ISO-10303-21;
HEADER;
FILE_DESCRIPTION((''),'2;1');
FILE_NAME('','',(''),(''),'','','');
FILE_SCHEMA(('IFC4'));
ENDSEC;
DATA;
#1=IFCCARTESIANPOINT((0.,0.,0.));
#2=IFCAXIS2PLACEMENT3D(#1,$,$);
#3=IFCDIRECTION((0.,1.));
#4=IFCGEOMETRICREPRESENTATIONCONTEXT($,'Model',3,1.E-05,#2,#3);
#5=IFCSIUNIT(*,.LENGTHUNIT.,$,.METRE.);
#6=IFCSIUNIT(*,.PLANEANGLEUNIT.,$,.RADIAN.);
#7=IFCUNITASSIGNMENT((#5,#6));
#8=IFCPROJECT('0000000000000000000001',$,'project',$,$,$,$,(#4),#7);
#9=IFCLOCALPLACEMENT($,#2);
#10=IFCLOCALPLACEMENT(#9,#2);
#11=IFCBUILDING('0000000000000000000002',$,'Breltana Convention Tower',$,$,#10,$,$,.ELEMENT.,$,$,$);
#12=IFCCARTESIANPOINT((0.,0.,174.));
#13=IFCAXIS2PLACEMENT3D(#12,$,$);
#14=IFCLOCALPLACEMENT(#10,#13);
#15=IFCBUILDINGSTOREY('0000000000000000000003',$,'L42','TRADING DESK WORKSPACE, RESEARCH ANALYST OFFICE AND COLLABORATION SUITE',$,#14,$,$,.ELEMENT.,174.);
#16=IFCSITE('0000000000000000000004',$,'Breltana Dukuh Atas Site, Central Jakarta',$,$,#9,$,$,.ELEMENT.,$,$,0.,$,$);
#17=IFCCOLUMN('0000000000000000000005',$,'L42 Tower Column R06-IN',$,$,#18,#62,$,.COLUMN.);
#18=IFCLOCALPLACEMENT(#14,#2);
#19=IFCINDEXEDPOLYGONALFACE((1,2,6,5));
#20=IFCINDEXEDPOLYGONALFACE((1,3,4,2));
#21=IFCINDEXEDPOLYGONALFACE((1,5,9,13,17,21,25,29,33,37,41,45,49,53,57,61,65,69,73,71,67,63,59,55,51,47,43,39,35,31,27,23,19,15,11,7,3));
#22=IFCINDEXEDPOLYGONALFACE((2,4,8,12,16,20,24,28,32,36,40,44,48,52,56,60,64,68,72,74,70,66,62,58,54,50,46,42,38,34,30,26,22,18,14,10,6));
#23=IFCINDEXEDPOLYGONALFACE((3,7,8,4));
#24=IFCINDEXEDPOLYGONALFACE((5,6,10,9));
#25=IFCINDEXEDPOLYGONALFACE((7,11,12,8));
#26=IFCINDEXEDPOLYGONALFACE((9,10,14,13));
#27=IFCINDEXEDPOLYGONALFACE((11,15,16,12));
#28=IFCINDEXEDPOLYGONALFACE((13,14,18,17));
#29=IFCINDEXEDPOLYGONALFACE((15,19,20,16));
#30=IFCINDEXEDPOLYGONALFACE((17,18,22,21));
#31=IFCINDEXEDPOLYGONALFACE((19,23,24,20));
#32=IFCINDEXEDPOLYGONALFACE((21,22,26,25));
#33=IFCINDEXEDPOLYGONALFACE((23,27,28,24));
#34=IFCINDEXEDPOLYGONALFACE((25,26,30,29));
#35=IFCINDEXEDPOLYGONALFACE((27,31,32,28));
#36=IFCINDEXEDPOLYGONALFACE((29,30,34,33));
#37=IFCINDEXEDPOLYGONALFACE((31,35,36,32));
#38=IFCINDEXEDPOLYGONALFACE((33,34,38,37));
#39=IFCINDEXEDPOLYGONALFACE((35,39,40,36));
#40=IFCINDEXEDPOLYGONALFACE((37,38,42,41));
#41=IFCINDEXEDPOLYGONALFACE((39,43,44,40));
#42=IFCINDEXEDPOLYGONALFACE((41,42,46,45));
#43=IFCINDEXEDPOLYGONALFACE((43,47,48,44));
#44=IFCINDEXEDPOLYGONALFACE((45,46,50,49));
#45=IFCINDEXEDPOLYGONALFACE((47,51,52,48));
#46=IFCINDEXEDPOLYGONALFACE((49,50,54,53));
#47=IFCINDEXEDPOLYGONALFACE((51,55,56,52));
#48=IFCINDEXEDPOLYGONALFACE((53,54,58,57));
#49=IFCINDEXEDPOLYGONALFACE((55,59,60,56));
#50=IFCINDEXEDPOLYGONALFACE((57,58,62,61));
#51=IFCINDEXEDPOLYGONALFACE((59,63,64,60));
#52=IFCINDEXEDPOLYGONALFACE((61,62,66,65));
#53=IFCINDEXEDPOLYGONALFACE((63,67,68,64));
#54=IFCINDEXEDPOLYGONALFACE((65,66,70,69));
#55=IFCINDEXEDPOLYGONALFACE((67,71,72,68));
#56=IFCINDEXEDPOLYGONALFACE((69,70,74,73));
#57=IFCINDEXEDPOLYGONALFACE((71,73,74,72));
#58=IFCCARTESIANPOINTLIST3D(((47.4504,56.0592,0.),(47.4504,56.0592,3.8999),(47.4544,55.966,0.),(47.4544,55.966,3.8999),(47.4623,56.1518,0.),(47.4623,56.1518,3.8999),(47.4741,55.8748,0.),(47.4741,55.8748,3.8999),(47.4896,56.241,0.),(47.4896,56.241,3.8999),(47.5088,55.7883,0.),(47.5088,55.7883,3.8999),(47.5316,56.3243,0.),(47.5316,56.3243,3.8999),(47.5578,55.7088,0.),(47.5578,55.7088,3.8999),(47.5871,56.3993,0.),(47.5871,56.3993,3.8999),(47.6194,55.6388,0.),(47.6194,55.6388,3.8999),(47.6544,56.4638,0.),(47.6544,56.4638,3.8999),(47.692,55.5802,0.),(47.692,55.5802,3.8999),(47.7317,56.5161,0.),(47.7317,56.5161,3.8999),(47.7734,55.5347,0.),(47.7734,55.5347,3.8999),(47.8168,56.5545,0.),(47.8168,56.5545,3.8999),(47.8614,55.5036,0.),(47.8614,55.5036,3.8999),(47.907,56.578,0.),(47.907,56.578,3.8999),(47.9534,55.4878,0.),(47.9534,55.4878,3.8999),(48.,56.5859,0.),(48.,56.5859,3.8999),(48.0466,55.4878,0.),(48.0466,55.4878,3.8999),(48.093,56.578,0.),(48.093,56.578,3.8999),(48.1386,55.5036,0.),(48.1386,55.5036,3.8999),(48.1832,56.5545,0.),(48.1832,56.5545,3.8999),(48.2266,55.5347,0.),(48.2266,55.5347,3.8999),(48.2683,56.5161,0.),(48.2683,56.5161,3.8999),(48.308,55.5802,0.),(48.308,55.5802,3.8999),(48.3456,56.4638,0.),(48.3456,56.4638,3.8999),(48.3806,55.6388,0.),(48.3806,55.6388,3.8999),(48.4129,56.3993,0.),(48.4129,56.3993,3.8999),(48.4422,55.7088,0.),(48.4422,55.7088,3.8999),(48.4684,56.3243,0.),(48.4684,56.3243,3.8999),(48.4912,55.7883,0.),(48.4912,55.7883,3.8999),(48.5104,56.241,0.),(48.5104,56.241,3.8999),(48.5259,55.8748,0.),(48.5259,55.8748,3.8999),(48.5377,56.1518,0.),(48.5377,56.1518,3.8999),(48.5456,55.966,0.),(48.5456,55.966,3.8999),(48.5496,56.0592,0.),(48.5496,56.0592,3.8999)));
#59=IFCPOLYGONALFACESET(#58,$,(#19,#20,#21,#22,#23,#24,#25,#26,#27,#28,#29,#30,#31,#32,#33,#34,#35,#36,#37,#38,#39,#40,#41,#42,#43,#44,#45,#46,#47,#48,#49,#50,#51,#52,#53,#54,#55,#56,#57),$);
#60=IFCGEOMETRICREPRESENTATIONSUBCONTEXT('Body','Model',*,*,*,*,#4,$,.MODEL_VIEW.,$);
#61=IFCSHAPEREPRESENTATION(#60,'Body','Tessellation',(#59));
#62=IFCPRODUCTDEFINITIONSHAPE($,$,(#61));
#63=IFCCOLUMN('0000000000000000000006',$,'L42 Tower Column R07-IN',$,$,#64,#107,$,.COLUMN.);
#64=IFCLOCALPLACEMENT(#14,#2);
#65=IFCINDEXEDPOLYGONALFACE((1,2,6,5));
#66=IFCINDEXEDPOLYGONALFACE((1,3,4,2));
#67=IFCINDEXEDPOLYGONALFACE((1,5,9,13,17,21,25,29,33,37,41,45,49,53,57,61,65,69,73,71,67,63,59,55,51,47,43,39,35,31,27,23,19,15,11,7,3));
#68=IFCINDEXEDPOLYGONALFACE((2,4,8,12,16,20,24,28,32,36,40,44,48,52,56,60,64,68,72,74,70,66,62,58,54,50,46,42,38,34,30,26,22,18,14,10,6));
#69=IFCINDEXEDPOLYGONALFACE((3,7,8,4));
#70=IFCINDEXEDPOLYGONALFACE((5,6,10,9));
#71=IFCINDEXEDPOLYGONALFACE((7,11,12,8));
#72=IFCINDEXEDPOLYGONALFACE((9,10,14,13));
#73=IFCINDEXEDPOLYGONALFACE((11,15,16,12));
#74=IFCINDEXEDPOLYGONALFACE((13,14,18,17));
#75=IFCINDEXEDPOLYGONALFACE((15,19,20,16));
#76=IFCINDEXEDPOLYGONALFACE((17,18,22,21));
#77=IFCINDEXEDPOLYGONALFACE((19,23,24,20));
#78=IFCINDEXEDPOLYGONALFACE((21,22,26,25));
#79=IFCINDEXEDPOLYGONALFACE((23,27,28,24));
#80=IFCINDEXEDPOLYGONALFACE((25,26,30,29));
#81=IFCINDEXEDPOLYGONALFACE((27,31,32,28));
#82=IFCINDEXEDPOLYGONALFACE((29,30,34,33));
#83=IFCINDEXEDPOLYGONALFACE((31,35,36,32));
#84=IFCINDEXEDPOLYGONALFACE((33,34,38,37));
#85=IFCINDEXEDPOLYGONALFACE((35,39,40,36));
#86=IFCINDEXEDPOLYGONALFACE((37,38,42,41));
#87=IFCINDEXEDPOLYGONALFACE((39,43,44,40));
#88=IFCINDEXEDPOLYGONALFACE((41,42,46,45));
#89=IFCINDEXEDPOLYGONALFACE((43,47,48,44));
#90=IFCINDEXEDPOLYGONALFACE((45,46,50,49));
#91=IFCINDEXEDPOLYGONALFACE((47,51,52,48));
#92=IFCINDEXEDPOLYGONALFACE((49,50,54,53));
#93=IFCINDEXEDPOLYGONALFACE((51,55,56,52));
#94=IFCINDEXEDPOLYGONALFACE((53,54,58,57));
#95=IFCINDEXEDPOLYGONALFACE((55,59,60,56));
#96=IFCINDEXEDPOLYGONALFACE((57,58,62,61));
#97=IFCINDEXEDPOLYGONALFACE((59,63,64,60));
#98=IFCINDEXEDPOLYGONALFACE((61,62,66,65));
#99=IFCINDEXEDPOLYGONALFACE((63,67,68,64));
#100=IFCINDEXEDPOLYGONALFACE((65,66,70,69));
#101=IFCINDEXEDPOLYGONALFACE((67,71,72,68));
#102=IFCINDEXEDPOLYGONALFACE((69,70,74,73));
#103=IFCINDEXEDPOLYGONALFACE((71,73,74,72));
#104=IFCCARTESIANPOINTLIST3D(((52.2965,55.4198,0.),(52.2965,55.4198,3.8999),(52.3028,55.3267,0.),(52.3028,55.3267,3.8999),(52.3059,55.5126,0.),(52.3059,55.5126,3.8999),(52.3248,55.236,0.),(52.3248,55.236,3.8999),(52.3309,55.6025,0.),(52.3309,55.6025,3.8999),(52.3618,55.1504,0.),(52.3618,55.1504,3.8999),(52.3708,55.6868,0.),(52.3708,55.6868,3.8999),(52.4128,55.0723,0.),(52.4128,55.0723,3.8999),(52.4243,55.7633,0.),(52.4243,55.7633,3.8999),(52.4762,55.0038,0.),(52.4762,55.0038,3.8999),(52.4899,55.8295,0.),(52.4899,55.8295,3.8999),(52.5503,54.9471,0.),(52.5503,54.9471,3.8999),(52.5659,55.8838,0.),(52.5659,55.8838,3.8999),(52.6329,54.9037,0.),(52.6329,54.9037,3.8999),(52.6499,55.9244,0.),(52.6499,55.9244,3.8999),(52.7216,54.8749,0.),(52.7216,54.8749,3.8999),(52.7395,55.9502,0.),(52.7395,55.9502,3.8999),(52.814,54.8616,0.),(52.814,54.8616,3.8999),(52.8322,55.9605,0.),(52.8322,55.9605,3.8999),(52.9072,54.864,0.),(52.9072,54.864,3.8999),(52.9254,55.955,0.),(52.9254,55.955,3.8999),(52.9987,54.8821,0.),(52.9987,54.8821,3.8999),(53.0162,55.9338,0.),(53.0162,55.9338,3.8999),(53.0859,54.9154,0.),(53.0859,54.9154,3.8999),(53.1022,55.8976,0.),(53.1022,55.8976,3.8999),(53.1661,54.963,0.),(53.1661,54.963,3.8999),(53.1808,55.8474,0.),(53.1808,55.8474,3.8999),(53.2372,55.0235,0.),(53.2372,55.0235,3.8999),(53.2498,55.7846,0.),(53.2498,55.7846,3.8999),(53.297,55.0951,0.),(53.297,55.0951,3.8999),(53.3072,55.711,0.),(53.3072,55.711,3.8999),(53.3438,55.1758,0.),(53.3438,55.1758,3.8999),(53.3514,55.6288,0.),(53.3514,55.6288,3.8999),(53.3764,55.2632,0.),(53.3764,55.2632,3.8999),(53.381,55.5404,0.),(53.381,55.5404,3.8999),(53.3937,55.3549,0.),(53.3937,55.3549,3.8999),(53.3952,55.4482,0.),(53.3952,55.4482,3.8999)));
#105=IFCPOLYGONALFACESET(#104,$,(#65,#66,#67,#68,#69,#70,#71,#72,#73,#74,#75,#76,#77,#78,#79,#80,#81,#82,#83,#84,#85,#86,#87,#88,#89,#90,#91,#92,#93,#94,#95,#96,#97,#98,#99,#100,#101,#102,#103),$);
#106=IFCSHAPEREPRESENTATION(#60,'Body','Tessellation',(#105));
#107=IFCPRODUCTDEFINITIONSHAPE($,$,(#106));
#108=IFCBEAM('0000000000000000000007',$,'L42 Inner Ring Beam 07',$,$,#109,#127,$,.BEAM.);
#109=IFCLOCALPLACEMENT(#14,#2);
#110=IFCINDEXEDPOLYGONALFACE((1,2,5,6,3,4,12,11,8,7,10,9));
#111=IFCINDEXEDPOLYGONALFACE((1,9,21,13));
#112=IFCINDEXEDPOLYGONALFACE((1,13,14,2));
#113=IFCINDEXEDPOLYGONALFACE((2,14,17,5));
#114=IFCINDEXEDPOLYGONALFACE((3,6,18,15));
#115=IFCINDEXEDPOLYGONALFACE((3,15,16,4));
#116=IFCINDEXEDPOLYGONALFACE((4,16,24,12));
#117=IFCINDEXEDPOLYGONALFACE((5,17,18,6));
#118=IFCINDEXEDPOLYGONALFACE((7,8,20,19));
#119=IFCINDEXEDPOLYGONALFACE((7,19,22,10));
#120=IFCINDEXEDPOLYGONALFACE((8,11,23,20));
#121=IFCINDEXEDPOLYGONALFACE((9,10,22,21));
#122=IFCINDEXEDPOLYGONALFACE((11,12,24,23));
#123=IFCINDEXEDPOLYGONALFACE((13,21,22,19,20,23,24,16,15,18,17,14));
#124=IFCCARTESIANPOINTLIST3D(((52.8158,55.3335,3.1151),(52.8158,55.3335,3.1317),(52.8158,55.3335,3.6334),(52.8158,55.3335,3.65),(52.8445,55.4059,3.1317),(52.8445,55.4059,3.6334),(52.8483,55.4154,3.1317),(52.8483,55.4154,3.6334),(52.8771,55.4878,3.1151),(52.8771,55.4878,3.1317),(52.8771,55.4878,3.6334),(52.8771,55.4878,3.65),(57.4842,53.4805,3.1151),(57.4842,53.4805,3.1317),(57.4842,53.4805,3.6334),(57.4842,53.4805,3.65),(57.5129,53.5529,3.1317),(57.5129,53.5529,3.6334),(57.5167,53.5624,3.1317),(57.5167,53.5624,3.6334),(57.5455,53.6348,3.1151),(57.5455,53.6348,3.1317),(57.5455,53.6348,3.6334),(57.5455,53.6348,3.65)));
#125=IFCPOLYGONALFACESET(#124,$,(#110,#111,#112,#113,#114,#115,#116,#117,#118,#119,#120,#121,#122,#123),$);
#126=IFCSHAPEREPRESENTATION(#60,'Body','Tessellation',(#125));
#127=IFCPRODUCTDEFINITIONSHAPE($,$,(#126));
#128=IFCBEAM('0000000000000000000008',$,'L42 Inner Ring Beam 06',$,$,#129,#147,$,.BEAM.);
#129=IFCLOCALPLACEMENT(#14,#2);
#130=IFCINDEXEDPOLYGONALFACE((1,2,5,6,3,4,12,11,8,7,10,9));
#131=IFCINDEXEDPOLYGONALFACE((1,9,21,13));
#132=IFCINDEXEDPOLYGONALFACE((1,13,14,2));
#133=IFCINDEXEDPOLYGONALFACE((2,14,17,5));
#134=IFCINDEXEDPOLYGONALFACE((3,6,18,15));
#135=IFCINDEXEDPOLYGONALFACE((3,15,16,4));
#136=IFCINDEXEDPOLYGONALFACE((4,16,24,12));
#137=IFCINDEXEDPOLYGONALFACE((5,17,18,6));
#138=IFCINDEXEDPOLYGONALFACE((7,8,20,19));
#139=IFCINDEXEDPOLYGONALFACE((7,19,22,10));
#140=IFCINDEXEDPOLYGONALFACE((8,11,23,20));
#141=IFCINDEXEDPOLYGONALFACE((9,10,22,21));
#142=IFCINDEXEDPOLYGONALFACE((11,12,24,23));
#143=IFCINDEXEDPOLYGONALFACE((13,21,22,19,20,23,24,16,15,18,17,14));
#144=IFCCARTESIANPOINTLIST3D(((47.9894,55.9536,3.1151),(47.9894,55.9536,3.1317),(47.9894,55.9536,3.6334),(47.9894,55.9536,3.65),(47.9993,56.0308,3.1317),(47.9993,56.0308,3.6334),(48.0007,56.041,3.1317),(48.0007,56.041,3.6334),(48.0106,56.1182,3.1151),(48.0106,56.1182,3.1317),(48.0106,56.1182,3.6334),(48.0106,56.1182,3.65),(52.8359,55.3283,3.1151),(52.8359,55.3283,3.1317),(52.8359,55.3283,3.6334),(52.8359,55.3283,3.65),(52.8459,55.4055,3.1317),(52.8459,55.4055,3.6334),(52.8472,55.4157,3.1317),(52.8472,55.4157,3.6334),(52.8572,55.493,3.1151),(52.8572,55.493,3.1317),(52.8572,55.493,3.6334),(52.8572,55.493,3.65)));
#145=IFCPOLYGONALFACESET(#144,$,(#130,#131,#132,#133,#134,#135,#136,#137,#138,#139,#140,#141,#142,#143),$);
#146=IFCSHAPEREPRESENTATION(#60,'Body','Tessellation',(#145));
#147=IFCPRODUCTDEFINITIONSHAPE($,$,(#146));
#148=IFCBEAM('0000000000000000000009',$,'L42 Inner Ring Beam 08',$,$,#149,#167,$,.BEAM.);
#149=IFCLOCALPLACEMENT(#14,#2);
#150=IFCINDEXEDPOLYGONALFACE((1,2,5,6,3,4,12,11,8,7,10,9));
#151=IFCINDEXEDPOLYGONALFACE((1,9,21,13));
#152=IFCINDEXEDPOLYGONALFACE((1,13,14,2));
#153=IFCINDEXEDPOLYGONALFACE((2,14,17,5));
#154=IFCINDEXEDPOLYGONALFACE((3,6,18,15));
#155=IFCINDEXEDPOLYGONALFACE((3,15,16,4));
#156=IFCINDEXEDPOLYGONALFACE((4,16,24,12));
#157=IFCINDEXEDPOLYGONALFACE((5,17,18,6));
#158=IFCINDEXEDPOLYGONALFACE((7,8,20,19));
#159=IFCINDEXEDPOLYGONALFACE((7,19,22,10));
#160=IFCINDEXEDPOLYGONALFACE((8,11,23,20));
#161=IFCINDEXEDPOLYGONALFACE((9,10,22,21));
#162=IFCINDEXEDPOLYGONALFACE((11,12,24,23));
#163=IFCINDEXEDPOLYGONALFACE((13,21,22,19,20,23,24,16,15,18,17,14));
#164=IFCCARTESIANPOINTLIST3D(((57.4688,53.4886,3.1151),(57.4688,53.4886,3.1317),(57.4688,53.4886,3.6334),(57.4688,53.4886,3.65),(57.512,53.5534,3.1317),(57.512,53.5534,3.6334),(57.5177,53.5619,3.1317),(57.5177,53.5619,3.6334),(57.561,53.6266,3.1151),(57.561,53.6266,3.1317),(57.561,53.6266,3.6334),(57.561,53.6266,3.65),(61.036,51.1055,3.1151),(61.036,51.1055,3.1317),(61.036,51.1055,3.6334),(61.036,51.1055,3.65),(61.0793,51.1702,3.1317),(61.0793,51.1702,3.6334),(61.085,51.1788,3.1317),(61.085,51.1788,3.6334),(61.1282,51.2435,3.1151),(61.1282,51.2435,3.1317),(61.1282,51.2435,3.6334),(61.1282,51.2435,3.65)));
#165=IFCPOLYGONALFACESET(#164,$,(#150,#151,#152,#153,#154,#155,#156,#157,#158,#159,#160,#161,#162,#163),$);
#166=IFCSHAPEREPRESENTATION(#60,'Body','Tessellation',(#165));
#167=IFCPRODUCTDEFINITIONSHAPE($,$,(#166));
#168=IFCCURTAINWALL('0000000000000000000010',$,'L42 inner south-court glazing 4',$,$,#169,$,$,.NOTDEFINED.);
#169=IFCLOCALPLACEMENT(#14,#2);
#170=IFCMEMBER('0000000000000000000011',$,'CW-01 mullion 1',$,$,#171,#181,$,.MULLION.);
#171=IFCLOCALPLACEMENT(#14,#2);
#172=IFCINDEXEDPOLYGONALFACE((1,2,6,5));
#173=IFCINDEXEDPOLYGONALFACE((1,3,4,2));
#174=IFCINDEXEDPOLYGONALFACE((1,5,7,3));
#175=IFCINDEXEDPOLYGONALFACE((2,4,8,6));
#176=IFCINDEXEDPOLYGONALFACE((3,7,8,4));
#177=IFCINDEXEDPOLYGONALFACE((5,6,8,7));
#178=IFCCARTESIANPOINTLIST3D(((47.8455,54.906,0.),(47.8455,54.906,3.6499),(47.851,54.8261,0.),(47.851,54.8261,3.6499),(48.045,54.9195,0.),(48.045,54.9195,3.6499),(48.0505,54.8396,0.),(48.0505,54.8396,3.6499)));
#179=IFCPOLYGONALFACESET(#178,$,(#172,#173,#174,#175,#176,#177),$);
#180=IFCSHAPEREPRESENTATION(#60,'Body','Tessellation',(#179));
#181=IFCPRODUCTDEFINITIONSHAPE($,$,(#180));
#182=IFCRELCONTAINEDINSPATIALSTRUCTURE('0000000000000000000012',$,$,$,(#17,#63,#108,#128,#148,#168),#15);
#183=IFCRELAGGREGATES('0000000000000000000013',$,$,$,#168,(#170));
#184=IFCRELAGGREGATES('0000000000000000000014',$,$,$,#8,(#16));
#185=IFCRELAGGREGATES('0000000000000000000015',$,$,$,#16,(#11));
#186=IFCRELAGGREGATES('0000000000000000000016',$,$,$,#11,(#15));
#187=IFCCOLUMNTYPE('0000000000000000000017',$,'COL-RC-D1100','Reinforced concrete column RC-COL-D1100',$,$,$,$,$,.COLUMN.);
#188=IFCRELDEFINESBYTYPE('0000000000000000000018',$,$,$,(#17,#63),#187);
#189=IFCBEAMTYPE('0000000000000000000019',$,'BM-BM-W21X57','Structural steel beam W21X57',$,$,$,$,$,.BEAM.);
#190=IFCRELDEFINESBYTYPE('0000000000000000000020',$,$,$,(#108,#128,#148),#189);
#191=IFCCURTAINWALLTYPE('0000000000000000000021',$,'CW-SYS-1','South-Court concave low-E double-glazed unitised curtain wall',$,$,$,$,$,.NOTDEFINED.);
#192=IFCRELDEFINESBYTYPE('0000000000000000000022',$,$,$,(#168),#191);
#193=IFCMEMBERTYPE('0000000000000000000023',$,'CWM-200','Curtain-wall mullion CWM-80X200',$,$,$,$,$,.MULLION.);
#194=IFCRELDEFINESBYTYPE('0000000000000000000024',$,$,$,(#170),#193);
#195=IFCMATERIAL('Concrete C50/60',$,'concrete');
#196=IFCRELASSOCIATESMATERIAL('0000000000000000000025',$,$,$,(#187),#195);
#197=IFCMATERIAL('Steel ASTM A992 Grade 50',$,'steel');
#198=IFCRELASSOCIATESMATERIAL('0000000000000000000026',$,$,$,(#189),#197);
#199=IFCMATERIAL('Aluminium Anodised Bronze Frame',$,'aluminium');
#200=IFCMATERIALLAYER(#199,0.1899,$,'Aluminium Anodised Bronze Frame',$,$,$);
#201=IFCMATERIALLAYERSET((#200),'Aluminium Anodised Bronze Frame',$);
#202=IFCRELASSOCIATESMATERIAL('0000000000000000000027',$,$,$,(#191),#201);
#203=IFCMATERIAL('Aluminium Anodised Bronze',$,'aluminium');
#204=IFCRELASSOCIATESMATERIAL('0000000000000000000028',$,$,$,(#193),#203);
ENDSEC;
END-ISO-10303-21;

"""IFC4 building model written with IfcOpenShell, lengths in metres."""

from ifc_helpers import new_model, si_unit, direction, frame, origin, origin_2d, place, context, subcontext, project, spatial, rectangle, circle, i_section, extrude, source, transform, mapped, material, layer, layer_set, material_profile, profile_set, type_object, element, aggregate, save


model = new_model("IFC4")

# Units and contexts
model_context = context("Model", 3, precision=1e-05, world=origin(), true_north=direction((0.0, 1.0)))
body_context = subcontext(model_context, "Body", "Model", "MODEL_VIEW")
ifc_project = project(units=[si_unit("LENGTHUNIT", "METRE"), si_unit("PLANEANGLEUNIT", "RADIAN")], contexts=[model_context])

# Site, building, storey
site_placement = place(None, origin())
site = spatial("IfcSite", under=ifc_project, at=site_placement, Name="Breltana Dukuh Atas Site, Central Jakarta", CompositionType="ELEMENT", RefElevation=0.0)
building_placement = place(site_placement, origin())
building = spatial("IfcBuilding", under=site, at=building_placement, Name="Breltana Convention Tower", CompositionType="ELEMENT")
storey_placement = place(building_placement, frame((0.0, 0.0, 174.0)))
storey = spatial("IfcBuildingStorey", under=building, at=storey_placement, Name="L42", Description="TRADING DESK WORKSPACE, RESEARCH ANALYST OFFICE AND COLLABORATION SUITE", CompositionType="ELEMENT", Elevation=174.0)

# Columns
ifc_material_1 = material(Name="Concrete C50/60", Category="concrete")
ifc_material_profile_1 = material_profile(ifc_material_1, circle(Radius=0.55, at=origin_2d()), Name="RC-COL-D1100")
ifc_profile_set_1 = profile_set([ifc_material_profile_1], Name="Concrete C50/60")
column_type = type_object("IfcColumnType", Name="COL-RC-D1100", Description="Reinforced concrete column RC-COL-D1100", PredefinedType="COLUMN", material=ifc_profile_set_1)
shared_shape_1 = source(origin(), body_context, "Body", "SweptSolid", [
    extrude(circle(Radius=0.55, at=origin_2d()), origin(), (0.0, 0.0, 1.0), 3.8999),
])
for number, where, z_axis, x_axis, name in (
    (1, (48.0, 56.0359, 0.0), (0.0, 0.0, 1.0), (0.0, 1.0, 0.0), "L42 Tower Column R06-IN"),
    (2, (52.8464, 55.4106, 0.0), (0.0, 0.0, 1.0), (0.143493, 0.989651, 0.0), "L42 Tower Column R07-IN"),
):
    element("IfcColumn", number, at=place(storey_placement, frame(where, z_axis=z_axis, x_axis=x_axis)), inside=storey, type_object=column_type, Name=name, PredefinedType="COLUMN", context=body_context, shape_type="MappedRepresentation", body=[
        mapped(shared_shape_1, transform((0.0, 0.0, 0.0), scale=1.0)),
    ])

# Beams
ifc_material_2 = material(Name="Steel ASTM A992 Grade 50", Category="steel")
ifc_material_profile_2 = material_profile(ifc_material_2, i_section(OverallWidth=0.166, OverallDepth=0.5349, WebThickness=0.0103, FlangeThickness=0.0166, at=origin_2d()), Name="W21X57")
ifc_profile_set_2 = profile_set([ifc_material_profile_2], Name="Steel ASTM A992 Grade 50")
beam_type = type_object("IfcBeamType", Name="BM-BM-W21X57", Description="Structural steel beam W21X57", PredefinedType="BEAM", material=ifc_profile_set_2)
shared_shape_2 = source(origin(), body_context, "Body", "SweptSolid", [
    extrude(i_section(OverallWidth=0.166, OverallDepth=0.5349, WebThickness=0.0103, FlangeThickness=0.0166, at=origin_2d()), origin(), (0.0, 0.0, 1.0), 5.0227),
])
beam_1_placement = place(storey_placement, frame((52.8464, 55.4106, 3.3826), z_axis=(0.929459, -0.368926, 0.0), x_axis=(0.368926, 0.929459, 0.0)))
element("IfcBeam", 3, at=beam_1_placement, inside=storey, type_object=beam_type, Name="L42 Inner Ring Beam 07", PredefinedType="BEAM", context=body_context, shape_type="MappedRepresentation", body=[
    mapped(shared_shape_2, transform((0.0, 0.0, 0.0), scale=1.0)),
])
shared_shape_3 = source(origin(), body_context, "Body", "SweptSolid", [
    extrude(i_section(OverallWidth=0.166, OverallDepth=0.5349, WebThickness=0.0103, FlangeThickness=0.0166, at=origin_2d()), origin(), (0.0, 0.0, 1.0), 4.8867),
])
beam_2_placement = place(storey_placement, frame((48.0, 56.0359, 3.3826), z_axis=(0.991781, -0.127951, 0.0), x_axis=(0.127951, 0.991781, 0.0)))
element("IfcBeam", 4, at=beam_2_placement, inside=storey, type_object=beam_type, Name="L42 Inner Ring Beam 06", PredefinedType="BEAM", context=body_context, shape_type="MappedRepresentation", body=[
    mapped(shared_shape_3, transform((0.0, 0.0, 0.0), scale=1.0)),
])
shared_shape_4 = source(origin(), body_context, "Body", "SweptSolid", [
    extrude(i_section(OverallWidth=0.166, OverallDepth=0.5349, WebThickness=0.0103, FlangeThickness=0.0166, at=origin_2d()), origin(), (0.0, 0.0, 1.0), 4.29),
])
beam_3_placement = place(storey_placement, frame((57.5149, 53.5576, 3.3826), z_axis=(0.831516, -0.555501, 0.0), x_axis=(0.555501, 0.831516, 0.0)))
element("IfcBeam", 5, at=beam_3_placement, inside=storey, type_object=beam_type, Name="L42 Inner Ring Beam 08", PredefinedType="BEAM", context=body_context, shape_type="MappedRepresentation", body=[
    mapped(shared_shape_4, transform((0.0, 0.0, 0.0), scale=1.0)),
])

# Curtain wall, member
ifc_material_3 = material(Name="Aluminium Anodised Bronze Frame", Category="aluminium")
ifc_layer_1 = layer(ifc_material_3, 0.1899, Name="Aluminium Anodised Bronze Frame")
ifc_layer_set_1 = layer_set([ifc_layer_1], Name="Aluminium Anodised Bronze Frame")
curtain_wall_type = type_object("IfcCurtainWallType", Name="CW-SYS-1", Description="South-Court concave low-E double-glazed unitised curtain wall", PredefinedType="NOTDEFINED", material=ifc_layer_set_1)
curtain_wall_placement = place(storey_placement, origin())
curtain_wall = element("IfcCurtainWall", 6, at=curtain_wall_placement, inside=storey, type_object=curtain_wall_type, Name="L42 inner south-court glazing 4", PredefinedType="NOTDEFINED")
ifc_material_4 = material(Name="Aluminium Anodised Bronze", Category="aluminium")
ifc_material_profile_3 = material_profile(ifc_material_4, rectangle(XDim=0.0801, YDim=0.2, at=origin_2d()), Name="CWM-80X200")
ifc_profile_set_3 = profile_set([ifc_material_profile_3], Name="Aluminium Anodised Bronze")
member_type = type_object("IfcMemberType", Name="CWM-200", Description="Curtain-wall mullion CWM-80X200", PredefinedType="MULLION", material=ifc_profile_set_3)
shared_shape_5 = source(origin(), body_context, "Body", "SweptSolid", [
    extrude(rectangle(XDim=0.0801, YDim=0.2, at=origin_2d()), origin(), (0.0, 0.0, 1.0), 3.6499),
])
member_placement = place(storey_placement, frame((47.948, 54.8728, 0.0), z_axis=(0.0, 0.0, 1.0), x_axis=(0.067733, -0.997703, 0.0)))
member = element("IfcMember", 7, at=member_placement, type_object=member_type, Name="CW-01 mullion 1", PredefinedType="MULLION", context=body_context, shape_type="MappedRepresentation", body=[
    mapped(shared_shape_5, transform((0.0, 0.0, 0.0), scale=1.0)),
])
aggregate(curtain_wall, [member])

save(model, "model.ifc")
